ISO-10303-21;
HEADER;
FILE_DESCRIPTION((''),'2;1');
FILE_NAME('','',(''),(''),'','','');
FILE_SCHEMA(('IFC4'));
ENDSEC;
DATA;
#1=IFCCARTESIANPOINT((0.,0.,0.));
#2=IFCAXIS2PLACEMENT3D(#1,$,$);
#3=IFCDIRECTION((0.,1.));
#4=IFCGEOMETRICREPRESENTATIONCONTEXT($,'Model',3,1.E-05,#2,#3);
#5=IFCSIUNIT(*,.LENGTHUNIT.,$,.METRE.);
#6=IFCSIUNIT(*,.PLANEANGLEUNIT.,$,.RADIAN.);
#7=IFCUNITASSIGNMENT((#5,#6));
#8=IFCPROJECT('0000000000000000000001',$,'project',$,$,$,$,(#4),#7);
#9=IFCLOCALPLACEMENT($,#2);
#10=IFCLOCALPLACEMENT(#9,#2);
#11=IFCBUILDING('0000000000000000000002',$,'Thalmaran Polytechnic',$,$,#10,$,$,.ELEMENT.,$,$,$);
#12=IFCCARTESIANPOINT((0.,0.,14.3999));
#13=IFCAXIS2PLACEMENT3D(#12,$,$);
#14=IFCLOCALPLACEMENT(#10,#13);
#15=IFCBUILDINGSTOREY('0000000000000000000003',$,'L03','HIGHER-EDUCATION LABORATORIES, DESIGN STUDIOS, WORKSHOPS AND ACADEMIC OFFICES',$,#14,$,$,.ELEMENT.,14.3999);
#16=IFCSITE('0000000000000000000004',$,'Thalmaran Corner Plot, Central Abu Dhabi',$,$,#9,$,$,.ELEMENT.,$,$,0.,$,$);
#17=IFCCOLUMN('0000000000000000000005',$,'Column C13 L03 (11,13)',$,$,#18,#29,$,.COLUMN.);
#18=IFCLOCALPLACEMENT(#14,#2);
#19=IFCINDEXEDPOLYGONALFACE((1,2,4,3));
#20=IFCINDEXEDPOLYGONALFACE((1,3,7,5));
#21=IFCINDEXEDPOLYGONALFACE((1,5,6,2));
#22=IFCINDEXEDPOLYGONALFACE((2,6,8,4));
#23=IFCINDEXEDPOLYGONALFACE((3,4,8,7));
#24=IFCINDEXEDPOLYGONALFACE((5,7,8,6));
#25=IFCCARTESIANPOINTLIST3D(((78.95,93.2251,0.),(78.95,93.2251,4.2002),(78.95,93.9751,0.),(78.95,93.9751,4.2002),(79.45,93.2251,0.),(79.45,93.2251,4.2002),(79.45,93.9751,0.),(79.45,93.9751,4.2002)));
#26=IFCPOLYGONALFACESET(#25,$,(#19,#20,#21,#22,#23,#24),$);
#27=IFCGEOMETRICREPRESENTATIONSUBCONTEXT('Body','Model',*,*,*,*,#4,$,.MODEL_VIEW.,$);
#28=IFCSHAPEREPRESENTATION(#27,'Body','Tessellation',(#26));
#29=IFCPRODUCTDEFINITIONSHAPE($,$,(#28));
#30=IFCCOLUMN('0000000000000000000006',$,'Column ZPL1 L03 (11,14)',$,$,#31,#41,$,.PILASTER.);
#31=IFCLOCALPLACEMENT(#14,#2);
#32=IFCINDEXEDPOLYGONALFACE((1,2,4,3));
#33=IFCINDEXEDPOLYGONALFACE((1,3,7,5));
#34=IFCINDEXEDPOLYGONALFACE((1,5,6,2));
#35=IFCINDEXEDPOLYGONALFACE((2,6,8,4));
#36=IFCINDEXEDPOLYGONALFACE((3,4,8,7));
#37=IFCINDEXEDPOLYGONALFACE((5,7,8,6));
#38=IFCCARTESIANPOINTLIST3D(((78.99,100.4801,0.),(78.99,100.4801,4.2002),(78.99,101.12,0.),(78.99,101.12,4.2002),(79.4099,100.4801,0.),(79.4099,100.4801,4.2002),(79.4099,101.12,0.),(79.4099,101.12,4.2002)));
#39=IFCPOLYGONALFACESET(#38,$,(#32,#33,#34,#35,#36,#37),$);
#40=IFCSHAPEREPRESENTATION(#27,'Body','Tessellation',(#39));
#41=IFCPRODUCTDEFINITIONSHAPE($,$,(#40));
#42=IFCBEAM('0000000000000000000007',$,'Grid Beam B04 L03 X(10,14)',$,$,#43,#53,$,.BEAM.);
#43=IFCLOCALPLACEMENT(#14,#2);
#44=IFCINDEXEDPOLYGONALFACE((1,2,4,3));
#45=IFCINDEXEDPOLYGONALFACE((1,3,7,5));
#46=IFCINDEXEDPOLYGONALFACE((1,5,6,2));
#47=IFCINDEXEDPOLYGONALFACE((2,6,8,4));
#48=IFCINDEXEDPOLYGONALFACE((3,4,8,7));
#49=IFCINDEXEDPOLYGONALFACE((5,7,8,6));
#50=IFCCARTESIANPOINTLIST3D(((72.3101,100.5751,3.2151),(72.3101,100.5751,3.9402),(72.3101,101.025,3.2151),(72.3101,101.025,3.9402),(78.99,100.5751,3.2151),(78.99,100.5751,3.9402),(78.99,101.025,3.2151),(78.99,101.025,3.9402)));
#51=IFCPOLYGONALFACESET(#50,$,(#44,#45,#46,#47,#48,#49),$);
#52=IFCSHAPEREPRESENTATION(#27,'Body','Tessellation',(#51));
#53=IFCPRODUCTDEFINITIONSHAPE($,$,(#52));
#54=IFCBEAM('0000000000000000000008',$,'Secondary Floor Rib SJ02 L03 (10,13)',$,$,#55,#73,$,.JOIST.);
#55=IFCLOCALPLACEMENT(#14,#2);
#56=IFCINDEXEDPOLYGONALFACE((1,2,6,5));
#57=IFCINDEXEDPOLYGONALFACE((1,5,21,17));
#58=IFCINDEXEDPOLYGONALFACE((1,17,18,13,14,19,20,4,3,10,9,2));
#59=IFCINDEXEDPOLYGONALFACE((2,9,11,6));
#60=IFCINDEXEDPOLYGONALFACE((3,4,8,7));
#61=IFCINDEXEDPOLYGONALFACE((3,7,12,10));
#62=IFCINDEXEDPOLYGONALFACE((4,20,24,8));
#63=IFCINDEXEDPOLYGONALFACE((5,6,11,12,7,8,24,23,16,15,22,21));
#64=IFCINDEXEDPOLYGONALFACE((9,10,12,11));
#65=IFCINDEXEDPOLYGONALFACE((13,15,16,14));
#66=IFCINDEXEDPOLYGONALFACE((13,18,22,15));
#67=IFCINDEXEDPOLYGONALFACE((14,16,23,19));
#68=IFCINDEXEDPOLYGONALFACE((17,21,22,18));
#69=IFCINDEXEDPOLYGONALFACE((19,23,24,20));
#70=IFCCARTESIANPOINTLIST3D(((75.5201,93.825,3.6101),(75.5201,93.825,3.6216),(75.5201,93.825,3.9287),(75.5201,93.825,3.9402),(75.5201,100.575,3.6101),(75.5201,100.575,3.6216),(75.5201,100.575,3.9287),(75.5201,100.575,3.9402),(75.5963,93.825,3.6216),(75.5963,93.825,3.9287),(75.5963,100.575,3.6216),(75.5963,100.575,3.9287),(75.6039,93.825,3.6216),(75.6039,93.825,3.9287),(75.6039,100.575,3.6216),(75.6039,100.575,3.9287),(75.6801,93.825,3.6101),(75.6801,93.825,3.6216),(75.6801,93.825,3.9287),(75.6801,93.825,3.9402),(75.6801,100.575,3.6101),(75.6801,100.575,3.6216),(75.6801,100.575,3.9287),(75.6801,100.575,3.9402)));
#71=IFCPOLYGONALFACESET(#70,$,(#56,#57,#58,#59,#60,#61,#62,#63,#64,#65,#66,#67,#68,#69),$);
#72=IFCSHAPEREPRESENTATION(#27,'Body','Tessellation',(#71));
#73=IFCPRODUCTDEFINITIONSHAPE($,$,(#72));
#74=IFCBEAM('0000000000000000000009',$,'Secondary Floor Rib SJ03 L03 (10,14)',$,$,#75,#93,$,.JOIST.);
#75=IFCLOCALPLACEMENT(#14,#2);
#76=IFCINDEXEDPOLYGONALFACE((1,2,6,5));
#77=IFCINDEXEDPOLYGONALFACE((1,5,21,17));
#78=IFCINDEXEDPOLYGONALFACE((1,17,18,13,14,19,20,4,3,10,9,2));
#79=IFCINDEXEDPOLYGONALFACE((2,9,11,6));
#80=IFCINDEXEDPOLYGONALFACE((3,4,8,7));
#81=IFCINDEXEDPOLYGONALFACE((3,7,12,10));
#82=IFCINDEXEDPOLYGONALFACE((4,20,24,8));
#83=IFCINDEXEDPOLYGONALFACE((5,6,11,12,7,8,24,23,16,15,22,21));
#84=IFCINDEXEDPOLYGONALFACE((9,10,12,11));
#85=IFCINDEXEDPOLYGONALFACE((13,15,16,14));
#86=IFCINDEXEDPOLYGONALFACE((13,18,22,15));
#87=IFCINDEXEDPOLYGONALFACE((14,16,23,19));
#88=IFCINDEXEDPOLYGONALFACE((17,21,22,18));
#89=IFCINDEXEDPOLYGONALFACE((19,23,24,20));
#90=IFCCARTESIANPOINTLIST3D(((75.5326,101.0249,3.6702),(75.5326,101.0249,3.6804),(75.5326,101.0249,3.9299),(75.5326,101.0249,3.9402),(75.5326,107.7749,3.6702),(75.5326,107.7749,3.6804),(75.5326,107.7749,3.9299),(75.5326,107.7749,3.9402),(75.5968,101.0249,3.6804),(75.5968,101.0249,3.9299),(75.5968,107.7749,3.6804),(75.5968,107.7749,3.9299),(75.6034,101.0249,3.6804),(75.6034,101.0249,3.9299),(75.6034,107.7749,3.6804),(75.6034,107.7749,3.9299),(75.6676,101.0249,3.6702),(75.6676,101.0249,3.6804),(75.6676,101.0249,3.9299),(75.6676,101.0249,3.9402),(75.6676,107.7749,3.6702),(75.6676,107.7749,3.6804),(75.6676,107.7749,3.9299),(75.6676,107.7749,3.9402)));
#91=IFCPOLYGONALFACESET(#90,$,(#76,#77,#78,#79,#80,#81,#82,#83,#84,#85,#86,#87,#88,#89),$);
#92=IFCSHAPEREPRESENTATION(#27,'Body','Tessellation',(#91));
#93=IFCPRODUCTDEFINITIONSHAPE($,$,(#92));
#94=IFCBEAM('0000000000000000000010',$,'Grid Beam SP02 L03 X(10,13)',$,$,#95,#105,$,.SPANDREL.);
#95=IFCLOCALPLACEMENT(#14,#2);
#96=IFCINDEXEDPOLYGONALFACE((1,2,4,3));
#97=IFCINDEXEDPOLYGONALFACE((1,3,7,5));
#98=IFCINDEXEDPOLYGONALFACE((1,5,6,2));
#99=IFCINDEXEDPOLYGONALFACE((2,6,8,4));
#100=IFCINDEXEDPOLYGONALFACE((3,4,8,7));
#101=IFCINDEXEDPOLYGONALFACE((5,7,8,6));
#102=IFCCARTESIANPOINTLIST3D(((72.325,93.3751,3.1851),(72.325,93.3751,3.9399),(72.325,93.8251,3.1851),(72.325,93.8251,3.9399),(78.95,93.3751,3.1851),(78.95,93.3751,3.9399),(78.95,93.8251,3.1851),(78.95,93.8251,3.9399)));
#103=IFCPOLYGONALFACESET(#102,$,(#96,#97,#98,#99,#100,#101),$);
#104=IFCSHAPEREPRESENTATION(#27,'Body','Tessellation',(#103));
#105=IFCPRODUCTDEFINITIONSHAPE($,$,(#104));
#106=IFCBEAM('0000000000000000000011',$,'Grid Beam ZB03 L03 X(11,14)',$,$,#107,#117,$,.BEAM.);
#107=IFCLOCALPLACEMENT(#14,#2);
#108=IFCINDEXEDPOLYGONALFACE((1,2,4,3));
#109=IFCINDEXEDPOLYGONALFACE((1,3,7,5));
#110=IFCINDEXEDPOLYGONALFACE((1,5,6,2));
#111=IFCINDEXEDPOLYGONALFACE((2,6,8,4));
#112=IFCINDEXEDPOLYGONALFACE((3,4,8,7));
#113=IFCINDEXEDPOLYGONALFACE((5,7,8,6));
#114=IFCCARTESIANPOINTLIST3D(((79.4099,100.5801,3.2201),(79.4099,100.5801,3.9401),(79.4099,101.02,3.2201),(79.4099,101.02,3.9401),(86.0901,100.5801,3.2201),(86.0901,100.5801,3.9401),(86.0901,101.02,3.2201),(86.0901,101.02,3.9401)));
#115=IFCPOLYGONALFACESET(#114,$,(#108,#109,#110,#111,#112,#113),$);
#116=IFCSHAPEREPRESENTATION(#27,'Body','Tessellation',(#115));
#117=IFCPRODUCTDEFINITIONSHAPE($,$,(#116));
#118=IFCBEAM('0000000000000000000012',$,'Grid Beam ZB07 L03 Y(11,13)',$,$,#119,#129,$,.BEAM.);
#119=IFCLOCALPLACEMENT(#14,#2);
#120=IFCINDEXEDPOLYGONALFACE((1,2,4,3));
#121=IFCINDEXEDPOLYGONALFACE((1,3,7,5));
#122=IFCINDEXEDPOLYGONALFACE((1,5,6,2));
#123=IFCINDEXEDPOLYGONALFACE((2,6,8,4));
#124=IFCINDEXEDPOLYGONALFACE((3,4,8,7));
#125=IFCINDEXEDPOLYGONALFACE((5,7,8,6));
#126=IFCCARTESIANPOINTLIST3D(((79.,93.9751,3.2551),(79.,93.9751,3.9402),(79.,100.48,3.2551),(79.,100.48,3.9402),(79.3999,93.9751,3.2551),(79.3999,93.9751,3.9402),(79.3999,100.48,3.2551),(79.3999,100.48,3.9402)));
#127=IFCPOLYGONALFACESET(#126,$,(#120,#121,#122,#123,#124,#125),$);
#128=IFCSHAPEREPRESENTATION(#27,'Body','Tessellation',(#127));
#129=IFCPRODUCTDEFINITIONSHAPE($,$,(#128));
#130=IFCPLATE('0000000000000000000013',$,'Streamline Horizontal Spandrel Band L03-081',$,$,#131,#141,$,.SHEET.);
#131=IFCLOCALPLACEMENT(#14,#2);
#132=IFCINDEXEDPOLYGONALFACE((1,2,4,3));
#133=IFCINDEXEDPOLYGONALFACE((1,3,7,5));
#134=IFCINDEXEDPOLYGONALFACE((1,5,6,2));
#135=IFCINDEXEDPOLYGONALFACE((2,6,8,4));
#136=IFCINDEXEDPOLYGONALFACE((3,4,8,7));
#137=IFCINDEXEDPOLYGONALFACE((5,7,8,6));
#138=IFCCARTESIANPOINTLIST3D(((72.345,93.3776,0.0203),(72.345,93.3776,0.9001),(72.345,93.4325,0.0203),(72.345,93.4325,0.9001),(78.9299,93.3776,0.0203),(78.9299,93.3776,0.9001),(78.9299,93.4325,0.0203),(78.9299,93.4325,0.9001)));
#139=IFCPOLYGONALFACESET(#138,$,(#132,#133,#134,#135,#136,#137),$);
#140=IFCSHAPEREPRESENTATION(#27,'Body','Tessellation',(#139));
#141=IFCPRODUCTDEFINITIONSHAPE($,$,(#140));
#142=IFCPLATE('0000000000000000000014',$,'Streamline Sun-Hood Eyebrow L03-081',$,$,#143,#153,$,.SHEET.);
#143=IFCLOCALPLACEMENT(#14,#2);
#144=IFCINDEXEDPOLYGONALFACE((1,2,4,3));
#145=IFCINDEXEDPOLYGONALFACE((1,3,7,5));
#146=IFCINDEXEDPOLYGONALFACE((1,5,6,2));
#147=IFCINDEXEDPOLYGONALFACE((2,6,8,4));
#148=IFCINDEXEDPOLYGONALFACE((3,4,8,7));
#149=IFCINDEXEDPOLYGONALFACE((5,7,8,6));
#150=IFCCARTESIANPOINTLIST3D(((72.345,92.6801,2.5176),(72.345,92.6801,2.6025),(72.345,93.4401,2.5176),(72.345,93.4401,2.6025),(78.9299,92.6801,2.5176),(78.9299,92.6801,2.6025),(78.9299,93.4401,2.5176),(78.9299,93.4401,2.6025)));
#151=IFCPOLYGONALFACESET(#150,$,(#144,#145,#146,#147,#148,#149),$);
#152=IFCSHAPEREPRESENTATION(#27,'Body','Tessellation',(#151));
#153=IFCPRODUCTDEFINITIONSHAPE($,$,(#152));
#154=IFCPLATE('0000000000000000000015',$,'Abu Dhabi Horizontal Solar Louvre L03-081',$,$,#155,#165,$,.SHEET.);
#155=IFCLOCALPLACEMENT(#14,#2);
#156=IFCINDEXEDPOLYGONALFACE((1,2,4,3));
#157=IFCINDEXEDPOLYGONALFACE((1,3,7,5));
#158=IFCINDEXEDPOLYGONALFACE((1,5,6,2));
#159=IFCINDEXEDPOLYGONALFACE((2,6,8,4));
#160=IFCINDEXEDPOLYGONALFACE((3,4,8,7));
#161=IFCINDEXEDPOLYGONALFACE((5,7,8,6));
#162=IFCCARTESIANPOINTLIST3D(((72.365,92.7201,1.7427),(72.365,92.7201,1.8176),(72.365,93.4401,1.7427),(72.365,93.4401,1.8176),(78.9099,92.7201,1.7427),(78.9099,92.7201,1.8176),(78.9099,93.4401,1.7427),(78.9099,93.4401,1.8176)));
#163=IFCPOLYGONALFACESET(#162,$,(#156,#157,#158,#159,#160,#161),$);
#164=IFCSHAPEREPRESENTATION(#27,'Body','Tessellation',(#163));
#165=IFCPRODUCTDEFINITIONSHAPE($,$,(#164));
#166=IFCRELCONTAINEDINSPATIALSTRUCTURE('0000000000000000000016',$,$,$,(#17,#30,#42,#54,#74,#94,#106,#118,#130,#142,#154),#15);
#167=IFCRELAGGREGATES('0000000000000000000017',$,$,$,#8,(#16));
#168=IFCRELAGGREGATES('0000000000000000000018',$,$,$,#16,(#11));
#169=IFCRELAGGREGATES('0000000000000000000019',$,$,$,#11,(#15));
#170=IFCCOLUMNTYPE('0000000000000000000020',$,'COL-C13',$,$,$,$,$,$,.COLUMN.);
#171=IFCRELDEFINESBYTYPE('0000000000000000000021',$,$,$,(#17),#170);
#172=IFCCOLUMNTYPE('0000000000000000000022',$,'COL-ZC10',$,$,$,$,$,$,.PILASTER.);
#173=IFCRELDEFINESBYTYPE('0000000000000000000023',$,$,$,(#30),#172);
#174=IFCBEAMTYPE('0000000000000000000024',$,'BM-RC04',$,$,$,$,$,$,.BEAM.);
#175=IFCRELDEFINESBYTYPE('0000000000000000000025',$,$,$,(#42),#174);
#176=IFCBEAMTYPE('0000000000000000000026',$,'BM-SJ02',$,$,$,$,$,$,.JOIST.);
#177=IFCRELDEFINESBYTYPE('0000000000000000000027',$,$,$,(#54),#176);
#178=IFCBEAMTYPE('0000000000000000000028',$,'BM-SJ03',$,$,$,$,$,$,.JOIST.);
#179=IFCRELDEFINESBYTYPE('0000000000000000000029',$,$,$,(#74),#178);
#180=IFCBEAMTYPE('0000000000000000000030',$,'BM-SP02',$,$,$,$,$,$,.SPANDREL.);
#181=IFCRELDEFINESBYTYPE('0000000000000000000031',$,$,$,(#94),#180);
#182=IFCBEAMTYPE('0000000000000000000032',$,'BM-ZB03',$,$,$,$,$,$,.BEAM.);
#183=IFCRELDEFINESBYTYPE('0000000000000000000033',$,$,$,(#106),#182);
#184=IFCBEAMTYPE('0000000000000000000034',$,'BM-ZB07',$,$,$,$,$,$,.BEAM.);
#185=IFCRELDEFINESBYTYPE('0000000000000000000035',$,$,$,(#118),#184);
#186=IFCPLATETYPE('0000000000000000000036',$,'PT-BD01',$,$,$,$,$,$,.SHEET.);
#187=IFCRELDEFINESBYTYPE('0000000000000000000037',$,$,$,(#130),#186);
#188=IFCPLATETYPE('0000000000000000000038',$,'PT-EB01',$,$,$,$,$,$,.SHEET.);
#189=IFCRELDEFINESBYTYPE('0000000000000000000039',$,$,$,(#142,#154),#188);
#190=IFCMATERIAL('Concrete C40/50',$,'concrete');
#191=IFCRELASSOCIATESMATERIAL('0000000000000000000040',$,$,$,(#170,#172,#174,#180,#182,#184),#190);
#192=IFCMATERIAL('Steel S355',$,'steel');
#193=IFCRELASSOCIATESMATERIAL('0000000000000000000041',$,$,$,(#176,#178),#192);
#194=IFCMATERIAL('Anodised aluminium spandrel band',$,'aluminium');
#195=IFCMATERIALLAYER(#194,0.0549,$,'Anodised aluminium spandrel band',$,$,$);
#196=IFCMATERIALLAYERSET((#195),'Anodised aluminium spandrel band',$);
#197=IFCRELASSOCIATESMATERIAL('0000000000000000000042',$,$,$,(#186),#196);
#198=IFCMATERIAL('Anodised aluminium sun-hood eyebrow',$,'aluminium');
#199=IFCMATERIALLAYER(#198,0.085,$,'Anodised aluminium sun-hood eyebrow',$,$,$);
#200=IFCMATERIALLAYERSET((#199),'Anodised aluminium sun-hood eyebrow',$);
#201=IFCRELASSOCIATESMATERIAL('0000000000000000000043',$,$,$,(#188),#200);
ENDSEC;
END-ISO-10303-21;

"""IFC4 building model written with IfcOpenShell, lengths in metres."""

from ifc_helpers import new_model, si_unit, direction, frame, origin, origin_2d, place, context, subcontext, project, spatial, rectangle, i_section, extrude, material, layer, layer_set, material_profile, profile_set, type_object, element, save


model = new_model("IFC4")

# Units and contexts
model_context = context("Model", 3, precision=1e-05, world=origin(), true_north=direction((0.0, 1.0)))
body_context = subcontext(model_context, "Body", "Model", "MODEL_VIEW")
ifc_project = project(units=[si_unit("LENGTHUNIT", "METRE"), si_unit("PLANEANGLEUNIT", "RADIAN")], contexts=[model_context])

# Site, building, storey
site_placement = place(None, origin())
site = spatial("IfcSite", under=ifc_project, at=site_placement, Name="Thalmaran Corner Plot, Central Abu Dhabi", CompositionType="ELEMENT", RefElevation=0.0)
building_placement = place(site_placement, origin())
building = spatial("IfcBuilding", under=site, at=building_placement, Name="Thalmaran Polytechnic", CompositionType="ELEMENT")
storey_placement = place(building_placement, frame((0.0, 0.0, 14.3999)))
storey = spatial("IfcBuildingStorey", under=building, at=storey_placement, Name="L03", Description="HIGHER-EDUCATION LABORATORIES, DESIGN STUDIOS, WORKSHOPS AND ACADEMIC OFFICES", CompositionType="ELEMENT", Elevation=14.3999)

# Columns
ifc_material_1 = material(Name="Concrete C40/50", Category="concrete")
ifc_material_profile_1 = material_profile(ifc_material_1, rectangle(XDim=0.5, YDim=0.75, at=origin_2d()), Name="RC 500x750")
ifc_profile_set_1 = profile_set([ifc_material_profile_1], Name="Concrete C40/50")
column_type_1 = type_object("IfcColumnType", Name="COL-C13", PredefinedType="COLUMN", material=ifc_profile_set_1)
column_1_placement = place(storey_placement, frame((79.2, 93.6001, 0.0), z_axis=(0.0, 0.0, 1.0), x_axis=(1.0, 0.0, 0.0)))
element("IfcColumn", 1, at=column_1_placement, inside=storey, type_object=column_type_1, Name="Column C13 L03 (11,13)", PredefinedType="COLUMN", context=body_context, shape_type="SweptSolid", body=[
    extrude(rectangle(XDim=0.5, YDim=0.75, at=origin_2d()), origin(), (0.0, 0.0, 1.0), 4.2002),
])
ifc_material_profile_2 = material_profile(ifc_material_1, rectangle(XDim=0.4199, YDim=0.6399, at=origin_2d()), Name="RC 420x640")
ifc_profile_set_2 = profile_set([ifc_material_profile_2], Name="Concrete C40/50")
column_type_2 = type_object("IfcColumnType", Name="COL-ZC10", PredefinedType="PILASTER", material=ifc_profile_set_2)
column_2_placement = place(storey_placement, frame((79.2, 100.8, 0.0), z_axis=(0.0, 0.0, 1.0), x_axis=(1.0, 0.0, 0.0)))
element("IfcColumn", 2, at=column_2_placement, inside=storey, type_object=column_type_2, Name="Column ZPL1 L03 (11,14)", PredefinedType="PILASTER", context=body_context, shape_type="SweptSolid", body=[
    extrude(rectangle(XDim=0.4199, YDim=0.6399, at=origin_2d()), origin(), (0.0, 0.0, 1.0), 4.2002),
])

# Beams
ifc_material_profile_3 = material_profile(ifc_material_1, rectangle(XDim=0.45, YDim=0.7251, at=origin_2d()), Name="RC 450x725")
ifc_profile_set_3 = profile_set([ifc_material_profile_3], Name="Concrete C40/50")
beam_type_1 = type_object("IfcBeamType", Name="BM-RC04", PredefinedType="BEAM", material=ifc_profile_set_3)
beam_1_placement = place(storey_placement, frame((72.3101, 100.8, 3.5776), z_axis=(1.0, 0.0, 0.0), x_axis=(0.0, 1.0, 0.0)))
element("IfcBeam", 3, at=beam_1_placement, inside=storey, type_object=beam_type_1, Name="Grid Beam B04 L03 X(10,14)", PredefinedType="BEAM", context=body_context, shape_type="SweptSolid", body=[
    extrude(rectangle(XDim=0.45, YDim=0.7251, at=origin_2d()), origin(), (0.0, 0.0, 1.0), 6.6799),
])
ifc_material_2 = material(Name="Steel S355", Category="steel")
ifc_material_profile_4 = material_profile(ifc_material_2, i_section(OverallWidth=0.1599, OverallDepth=0.3301, WebThickness=0.0076, FlangeThickness=0.0115, at=origin_2d()), Name="IPE 330")
ifc_profile_set_4 = profile_set([ifc_material_profile_4], Name="Steel S355")
beam_type_2 = type_object("IfcBeamType", Name="BM-SJ02", PredefinedType="JOIST", material=ifc_profile_set_4)
beam_2_placement = place(storey_placement, frame((75.6001, 93.825, 3.7751), z_axis=(0.0, 1.0, 0.0), x_axis=(-1.0, 0.0, 0.0)))
element("IfcBeam", 4, at=beam_2_placement, inside=storey, type_object=beam_type_2, Name="Secondary Floor Rib SJ02 L03 (10,13)", PredefinedType="JOIST", context=body_context, shape_type="SweptSolid", body=[
    extrude(i_section(OverallWidth=0.1599, OverallDepth=0.3301, WebThickness=0.0076, FlangeThickness=0.0115, at=origin_2d()), origin(), (0.0, 0.0, 1.0), 6.75),
])
ifc_material_profile_5 = material_profile(ifc_material_2, i_section(OverallWidth=0.135, OverallDepth=0.27, WebThickness=0.0066, FlangeThickness=0.0103, at=origin_2d()), Name="IPE 270")
ifc_profile_set_5 = profile_set([ifc_material_profile_5], Name="Steel S355")
beam_type_3 = type_object("IfcBeamType", Name="BM-SJ03", PredefinedType="JOIST", material=ifc_profile_set_5)
beam_3_placement = place(storey_placement, frame((75.6001, 101.0249, 3.8052), z_axis=(0.0, 1.0, 0.0), x_axis=(-1.0, 0.0, 0.0)))
element("IfcBeam", 5, at=beam_3_placement, inside=storey, type_object=beam_type_3, Name="Secondary Floor Rib SJ03 L03 (10,14)", PredefinedType="JOIST", context=body_context, shape_type="SweptSolid", body=[
    extrude(i_section(OverallWidth=0.135, OverallDepth=0.27, WebThickness=0.0066, FlangeThickness=0.0103, at=origin_2d()), origin(), (0.0, 0.0, 1.0), 6.75),
])
ifc_material_profile_6 = material_profile(ifc_material_1, rectangle(XDim=0.45, YDim=0.7549, at=origin_2d()), Name="RC 450x755")
ifc_profile_set_6 = profile_set([ifc_material_profile_6], Name="Concrete C40/50")
beam_type_4 = type_object("IfcBeamType", Name="BM-SP02", PredefinedType="SPANDREL", material=ifc_profile_set_6)
beam_4_placement = place(storey_placement, frame((72.325, 93.6001, 3.5625), z_axis=(1.0, 0.0, 0.0), x_axis=(0.0, 1.0, 0.0)))
element("IfcBeam", 6, at=beam_4_placement, inside=storey, type_object=beam_type_4, Name="Grid Beam SP02 L03 X(10,13)", PredefinedType="SPANDREL", context=body_context, shape_type="SweptSolid", body=[
    extrude(rectangle(XDim=0.45, YDim=0.7549, at=origin_2d()), origin(), (0.0, 0.0, 1.0), 6.625),
])
ifc_material_profile_7 = material_profile(ifc_material_1, rectangle(XDim=0.4399, YDim=0.72, at=origin_2d()), Name="RC 440x720")
ifc_profile_set_7 = profile_set([ifc_material_profile_7], Name="Concrete C40/50")
beam_type_5 = type_object("IfcBeamType", Name="BM-ZB03", PredefinedType="BEAM", material=ifc_profile_set_7)
beam_5_placement = place(storey_placement, frame((79.4099, 100.8, 3.5801), z_axis=(1.0, 0.0, 0.0), x_axis=(0.0, 1.0, 0.0)))
element("IfcBeam", 7, at=beam_5_placement, inside=storey, type_object=beam_type_5, Name="Grid Beam ZB03 L03 X(11,14)", PredefinedType="BEAM", context=body_context, shape_type="SweptSolid", body=[
    extrude(rectangle(XDim=0.4399, YDim=0.72, at=origin_2d()), origin(), (0.0, 0.0, 1.0), 6.6802),
])
ifc_material_profile_8 = material_profile(ifc_material_1, rectangle(XDim=0.3999, YDim=0.6851, at=origin_2d()), Name="RC 400x685")
ifc_profile_set_8 = profile_set([ifc_material_profile_8], Name="Concrete C40/50")
beam_type_6 = type_object("IfcBeamType", Name="BM-ZB07", PredefinedType="BEAM", material=ifc_profile_set_8)
beam_6_placement = place(storey_placement, frame((79.2, 93.9751, 3.5977), z_axis=(0.0, 1.0, 0.0), x_axis=(-1.0, 0.0, 0.0)))
element("IfcBeam", 8, at=beam_6_placement, inside=storey, type_object=beam_type_6, Name="Grid Beam ZB07 L03 Y(11,13)", PredefinedType="BEAM", context=body_context, shape_type="SweptSolid", body=[
    extrude(rectangle(XDim=0.3999, YDim=0.6851, at=origin_2d()), origin(), (0.0, 0.0, 1.0), 6.5049),
])

# Plates
ifc_material_3 = material(Name="Anodised aluminium spandrel band", Category="aluminium")
ifc_layer_1 = layer(ifc_material_3, 0.0549, Name="Anodised aluminium spandrel band")
ifc_layer_set_1 = layer_set([ifc_layer_1], Name="Anodised aluminium spandrel band")
plate_type_1 = type_object("IfcPlateType", Name="PT-BD01", PredefinedType="SHEET", material=ifc_layer_set_1)
plate_1_placement = place(storey_placement, frame((75.6375, 93.405, 0.0203), z_axis=(0.0, 0.0, 1.0), x_axis=(-1.0, 0.0, 0.0)))
element("IfcPlate", 9, at=plate_1_placement, inside=storey, type_object=plate_type_1, Name="Streamline Horizontal Spandrel Band L03-081", PredefinedType="SHEET", context=body_context, shape_type="SweptSolid", body=[
    extrude(rectangle(XDim=6.585, YDim=0.0549, at=origin_2d()), origin(), (0.0, 0.0, 1.0), 0.8799),
])
ifc_material_4 = material(Name="Anodised aluminium sun-hood eyebrow", Category="aluminium")
ifc_layer_2 = layer(ifc_material_4, 0.085, Name="Anodised aluminium sun-hood eyebrow")
ifc_layer_set_2 = layer_set([ifc_layer_2], Name="Anodised aluminium sun-hood eyebrow")
plate_type_2 = type_object("IfcPlateType", Name="PT-EB01", PredefinedType="SHEET", material=ifc_layer_set_2)
plate_2_placement = place(storey_placement, frame((75.6375, 93.0601, 2.5176), z_axis=(0.0, 0.0, 1.0), x_axis=(-1.0, 0.0, 0.0)))
element("IfcPlate", 10, at=plate_2_placement, inside=storey, type_object=plate_type_2, Name="Streamline Sun-Hood Eyebrow L03-081", PredefinedType="SHEET", context=body_context, shape_type="SweptSolid", body=[
    extrude(rectangle(XDim=6.585, YDim=0.76, at=origin_2d()), origin(), (0.0, 0.0, 1.0), 0.085),
])
plate_3_placement = place(storey_placement, frame((75.6375, 93.0801, 1.7427), z_axis=(0.0, 0.0, 1.0), x_axis=(-1.0, 0.0, 0.0)))
element("IfcPlate", 11, at=plate_3_placement, inside=storey, type_object=plate_type_2, Name="Abu Dhabi Horizontal Solar Louvre L03-081", PredefinedType="SHEET", context=body_context, shape_type="SweptSolid", body=[
    extrude(rectangle(XDim=6.5449, YDim=0.72, at=origin_2d()), origin(), (0.0, 0.0, 1.0), 0.075),
])

save(model, "model.ifc")
